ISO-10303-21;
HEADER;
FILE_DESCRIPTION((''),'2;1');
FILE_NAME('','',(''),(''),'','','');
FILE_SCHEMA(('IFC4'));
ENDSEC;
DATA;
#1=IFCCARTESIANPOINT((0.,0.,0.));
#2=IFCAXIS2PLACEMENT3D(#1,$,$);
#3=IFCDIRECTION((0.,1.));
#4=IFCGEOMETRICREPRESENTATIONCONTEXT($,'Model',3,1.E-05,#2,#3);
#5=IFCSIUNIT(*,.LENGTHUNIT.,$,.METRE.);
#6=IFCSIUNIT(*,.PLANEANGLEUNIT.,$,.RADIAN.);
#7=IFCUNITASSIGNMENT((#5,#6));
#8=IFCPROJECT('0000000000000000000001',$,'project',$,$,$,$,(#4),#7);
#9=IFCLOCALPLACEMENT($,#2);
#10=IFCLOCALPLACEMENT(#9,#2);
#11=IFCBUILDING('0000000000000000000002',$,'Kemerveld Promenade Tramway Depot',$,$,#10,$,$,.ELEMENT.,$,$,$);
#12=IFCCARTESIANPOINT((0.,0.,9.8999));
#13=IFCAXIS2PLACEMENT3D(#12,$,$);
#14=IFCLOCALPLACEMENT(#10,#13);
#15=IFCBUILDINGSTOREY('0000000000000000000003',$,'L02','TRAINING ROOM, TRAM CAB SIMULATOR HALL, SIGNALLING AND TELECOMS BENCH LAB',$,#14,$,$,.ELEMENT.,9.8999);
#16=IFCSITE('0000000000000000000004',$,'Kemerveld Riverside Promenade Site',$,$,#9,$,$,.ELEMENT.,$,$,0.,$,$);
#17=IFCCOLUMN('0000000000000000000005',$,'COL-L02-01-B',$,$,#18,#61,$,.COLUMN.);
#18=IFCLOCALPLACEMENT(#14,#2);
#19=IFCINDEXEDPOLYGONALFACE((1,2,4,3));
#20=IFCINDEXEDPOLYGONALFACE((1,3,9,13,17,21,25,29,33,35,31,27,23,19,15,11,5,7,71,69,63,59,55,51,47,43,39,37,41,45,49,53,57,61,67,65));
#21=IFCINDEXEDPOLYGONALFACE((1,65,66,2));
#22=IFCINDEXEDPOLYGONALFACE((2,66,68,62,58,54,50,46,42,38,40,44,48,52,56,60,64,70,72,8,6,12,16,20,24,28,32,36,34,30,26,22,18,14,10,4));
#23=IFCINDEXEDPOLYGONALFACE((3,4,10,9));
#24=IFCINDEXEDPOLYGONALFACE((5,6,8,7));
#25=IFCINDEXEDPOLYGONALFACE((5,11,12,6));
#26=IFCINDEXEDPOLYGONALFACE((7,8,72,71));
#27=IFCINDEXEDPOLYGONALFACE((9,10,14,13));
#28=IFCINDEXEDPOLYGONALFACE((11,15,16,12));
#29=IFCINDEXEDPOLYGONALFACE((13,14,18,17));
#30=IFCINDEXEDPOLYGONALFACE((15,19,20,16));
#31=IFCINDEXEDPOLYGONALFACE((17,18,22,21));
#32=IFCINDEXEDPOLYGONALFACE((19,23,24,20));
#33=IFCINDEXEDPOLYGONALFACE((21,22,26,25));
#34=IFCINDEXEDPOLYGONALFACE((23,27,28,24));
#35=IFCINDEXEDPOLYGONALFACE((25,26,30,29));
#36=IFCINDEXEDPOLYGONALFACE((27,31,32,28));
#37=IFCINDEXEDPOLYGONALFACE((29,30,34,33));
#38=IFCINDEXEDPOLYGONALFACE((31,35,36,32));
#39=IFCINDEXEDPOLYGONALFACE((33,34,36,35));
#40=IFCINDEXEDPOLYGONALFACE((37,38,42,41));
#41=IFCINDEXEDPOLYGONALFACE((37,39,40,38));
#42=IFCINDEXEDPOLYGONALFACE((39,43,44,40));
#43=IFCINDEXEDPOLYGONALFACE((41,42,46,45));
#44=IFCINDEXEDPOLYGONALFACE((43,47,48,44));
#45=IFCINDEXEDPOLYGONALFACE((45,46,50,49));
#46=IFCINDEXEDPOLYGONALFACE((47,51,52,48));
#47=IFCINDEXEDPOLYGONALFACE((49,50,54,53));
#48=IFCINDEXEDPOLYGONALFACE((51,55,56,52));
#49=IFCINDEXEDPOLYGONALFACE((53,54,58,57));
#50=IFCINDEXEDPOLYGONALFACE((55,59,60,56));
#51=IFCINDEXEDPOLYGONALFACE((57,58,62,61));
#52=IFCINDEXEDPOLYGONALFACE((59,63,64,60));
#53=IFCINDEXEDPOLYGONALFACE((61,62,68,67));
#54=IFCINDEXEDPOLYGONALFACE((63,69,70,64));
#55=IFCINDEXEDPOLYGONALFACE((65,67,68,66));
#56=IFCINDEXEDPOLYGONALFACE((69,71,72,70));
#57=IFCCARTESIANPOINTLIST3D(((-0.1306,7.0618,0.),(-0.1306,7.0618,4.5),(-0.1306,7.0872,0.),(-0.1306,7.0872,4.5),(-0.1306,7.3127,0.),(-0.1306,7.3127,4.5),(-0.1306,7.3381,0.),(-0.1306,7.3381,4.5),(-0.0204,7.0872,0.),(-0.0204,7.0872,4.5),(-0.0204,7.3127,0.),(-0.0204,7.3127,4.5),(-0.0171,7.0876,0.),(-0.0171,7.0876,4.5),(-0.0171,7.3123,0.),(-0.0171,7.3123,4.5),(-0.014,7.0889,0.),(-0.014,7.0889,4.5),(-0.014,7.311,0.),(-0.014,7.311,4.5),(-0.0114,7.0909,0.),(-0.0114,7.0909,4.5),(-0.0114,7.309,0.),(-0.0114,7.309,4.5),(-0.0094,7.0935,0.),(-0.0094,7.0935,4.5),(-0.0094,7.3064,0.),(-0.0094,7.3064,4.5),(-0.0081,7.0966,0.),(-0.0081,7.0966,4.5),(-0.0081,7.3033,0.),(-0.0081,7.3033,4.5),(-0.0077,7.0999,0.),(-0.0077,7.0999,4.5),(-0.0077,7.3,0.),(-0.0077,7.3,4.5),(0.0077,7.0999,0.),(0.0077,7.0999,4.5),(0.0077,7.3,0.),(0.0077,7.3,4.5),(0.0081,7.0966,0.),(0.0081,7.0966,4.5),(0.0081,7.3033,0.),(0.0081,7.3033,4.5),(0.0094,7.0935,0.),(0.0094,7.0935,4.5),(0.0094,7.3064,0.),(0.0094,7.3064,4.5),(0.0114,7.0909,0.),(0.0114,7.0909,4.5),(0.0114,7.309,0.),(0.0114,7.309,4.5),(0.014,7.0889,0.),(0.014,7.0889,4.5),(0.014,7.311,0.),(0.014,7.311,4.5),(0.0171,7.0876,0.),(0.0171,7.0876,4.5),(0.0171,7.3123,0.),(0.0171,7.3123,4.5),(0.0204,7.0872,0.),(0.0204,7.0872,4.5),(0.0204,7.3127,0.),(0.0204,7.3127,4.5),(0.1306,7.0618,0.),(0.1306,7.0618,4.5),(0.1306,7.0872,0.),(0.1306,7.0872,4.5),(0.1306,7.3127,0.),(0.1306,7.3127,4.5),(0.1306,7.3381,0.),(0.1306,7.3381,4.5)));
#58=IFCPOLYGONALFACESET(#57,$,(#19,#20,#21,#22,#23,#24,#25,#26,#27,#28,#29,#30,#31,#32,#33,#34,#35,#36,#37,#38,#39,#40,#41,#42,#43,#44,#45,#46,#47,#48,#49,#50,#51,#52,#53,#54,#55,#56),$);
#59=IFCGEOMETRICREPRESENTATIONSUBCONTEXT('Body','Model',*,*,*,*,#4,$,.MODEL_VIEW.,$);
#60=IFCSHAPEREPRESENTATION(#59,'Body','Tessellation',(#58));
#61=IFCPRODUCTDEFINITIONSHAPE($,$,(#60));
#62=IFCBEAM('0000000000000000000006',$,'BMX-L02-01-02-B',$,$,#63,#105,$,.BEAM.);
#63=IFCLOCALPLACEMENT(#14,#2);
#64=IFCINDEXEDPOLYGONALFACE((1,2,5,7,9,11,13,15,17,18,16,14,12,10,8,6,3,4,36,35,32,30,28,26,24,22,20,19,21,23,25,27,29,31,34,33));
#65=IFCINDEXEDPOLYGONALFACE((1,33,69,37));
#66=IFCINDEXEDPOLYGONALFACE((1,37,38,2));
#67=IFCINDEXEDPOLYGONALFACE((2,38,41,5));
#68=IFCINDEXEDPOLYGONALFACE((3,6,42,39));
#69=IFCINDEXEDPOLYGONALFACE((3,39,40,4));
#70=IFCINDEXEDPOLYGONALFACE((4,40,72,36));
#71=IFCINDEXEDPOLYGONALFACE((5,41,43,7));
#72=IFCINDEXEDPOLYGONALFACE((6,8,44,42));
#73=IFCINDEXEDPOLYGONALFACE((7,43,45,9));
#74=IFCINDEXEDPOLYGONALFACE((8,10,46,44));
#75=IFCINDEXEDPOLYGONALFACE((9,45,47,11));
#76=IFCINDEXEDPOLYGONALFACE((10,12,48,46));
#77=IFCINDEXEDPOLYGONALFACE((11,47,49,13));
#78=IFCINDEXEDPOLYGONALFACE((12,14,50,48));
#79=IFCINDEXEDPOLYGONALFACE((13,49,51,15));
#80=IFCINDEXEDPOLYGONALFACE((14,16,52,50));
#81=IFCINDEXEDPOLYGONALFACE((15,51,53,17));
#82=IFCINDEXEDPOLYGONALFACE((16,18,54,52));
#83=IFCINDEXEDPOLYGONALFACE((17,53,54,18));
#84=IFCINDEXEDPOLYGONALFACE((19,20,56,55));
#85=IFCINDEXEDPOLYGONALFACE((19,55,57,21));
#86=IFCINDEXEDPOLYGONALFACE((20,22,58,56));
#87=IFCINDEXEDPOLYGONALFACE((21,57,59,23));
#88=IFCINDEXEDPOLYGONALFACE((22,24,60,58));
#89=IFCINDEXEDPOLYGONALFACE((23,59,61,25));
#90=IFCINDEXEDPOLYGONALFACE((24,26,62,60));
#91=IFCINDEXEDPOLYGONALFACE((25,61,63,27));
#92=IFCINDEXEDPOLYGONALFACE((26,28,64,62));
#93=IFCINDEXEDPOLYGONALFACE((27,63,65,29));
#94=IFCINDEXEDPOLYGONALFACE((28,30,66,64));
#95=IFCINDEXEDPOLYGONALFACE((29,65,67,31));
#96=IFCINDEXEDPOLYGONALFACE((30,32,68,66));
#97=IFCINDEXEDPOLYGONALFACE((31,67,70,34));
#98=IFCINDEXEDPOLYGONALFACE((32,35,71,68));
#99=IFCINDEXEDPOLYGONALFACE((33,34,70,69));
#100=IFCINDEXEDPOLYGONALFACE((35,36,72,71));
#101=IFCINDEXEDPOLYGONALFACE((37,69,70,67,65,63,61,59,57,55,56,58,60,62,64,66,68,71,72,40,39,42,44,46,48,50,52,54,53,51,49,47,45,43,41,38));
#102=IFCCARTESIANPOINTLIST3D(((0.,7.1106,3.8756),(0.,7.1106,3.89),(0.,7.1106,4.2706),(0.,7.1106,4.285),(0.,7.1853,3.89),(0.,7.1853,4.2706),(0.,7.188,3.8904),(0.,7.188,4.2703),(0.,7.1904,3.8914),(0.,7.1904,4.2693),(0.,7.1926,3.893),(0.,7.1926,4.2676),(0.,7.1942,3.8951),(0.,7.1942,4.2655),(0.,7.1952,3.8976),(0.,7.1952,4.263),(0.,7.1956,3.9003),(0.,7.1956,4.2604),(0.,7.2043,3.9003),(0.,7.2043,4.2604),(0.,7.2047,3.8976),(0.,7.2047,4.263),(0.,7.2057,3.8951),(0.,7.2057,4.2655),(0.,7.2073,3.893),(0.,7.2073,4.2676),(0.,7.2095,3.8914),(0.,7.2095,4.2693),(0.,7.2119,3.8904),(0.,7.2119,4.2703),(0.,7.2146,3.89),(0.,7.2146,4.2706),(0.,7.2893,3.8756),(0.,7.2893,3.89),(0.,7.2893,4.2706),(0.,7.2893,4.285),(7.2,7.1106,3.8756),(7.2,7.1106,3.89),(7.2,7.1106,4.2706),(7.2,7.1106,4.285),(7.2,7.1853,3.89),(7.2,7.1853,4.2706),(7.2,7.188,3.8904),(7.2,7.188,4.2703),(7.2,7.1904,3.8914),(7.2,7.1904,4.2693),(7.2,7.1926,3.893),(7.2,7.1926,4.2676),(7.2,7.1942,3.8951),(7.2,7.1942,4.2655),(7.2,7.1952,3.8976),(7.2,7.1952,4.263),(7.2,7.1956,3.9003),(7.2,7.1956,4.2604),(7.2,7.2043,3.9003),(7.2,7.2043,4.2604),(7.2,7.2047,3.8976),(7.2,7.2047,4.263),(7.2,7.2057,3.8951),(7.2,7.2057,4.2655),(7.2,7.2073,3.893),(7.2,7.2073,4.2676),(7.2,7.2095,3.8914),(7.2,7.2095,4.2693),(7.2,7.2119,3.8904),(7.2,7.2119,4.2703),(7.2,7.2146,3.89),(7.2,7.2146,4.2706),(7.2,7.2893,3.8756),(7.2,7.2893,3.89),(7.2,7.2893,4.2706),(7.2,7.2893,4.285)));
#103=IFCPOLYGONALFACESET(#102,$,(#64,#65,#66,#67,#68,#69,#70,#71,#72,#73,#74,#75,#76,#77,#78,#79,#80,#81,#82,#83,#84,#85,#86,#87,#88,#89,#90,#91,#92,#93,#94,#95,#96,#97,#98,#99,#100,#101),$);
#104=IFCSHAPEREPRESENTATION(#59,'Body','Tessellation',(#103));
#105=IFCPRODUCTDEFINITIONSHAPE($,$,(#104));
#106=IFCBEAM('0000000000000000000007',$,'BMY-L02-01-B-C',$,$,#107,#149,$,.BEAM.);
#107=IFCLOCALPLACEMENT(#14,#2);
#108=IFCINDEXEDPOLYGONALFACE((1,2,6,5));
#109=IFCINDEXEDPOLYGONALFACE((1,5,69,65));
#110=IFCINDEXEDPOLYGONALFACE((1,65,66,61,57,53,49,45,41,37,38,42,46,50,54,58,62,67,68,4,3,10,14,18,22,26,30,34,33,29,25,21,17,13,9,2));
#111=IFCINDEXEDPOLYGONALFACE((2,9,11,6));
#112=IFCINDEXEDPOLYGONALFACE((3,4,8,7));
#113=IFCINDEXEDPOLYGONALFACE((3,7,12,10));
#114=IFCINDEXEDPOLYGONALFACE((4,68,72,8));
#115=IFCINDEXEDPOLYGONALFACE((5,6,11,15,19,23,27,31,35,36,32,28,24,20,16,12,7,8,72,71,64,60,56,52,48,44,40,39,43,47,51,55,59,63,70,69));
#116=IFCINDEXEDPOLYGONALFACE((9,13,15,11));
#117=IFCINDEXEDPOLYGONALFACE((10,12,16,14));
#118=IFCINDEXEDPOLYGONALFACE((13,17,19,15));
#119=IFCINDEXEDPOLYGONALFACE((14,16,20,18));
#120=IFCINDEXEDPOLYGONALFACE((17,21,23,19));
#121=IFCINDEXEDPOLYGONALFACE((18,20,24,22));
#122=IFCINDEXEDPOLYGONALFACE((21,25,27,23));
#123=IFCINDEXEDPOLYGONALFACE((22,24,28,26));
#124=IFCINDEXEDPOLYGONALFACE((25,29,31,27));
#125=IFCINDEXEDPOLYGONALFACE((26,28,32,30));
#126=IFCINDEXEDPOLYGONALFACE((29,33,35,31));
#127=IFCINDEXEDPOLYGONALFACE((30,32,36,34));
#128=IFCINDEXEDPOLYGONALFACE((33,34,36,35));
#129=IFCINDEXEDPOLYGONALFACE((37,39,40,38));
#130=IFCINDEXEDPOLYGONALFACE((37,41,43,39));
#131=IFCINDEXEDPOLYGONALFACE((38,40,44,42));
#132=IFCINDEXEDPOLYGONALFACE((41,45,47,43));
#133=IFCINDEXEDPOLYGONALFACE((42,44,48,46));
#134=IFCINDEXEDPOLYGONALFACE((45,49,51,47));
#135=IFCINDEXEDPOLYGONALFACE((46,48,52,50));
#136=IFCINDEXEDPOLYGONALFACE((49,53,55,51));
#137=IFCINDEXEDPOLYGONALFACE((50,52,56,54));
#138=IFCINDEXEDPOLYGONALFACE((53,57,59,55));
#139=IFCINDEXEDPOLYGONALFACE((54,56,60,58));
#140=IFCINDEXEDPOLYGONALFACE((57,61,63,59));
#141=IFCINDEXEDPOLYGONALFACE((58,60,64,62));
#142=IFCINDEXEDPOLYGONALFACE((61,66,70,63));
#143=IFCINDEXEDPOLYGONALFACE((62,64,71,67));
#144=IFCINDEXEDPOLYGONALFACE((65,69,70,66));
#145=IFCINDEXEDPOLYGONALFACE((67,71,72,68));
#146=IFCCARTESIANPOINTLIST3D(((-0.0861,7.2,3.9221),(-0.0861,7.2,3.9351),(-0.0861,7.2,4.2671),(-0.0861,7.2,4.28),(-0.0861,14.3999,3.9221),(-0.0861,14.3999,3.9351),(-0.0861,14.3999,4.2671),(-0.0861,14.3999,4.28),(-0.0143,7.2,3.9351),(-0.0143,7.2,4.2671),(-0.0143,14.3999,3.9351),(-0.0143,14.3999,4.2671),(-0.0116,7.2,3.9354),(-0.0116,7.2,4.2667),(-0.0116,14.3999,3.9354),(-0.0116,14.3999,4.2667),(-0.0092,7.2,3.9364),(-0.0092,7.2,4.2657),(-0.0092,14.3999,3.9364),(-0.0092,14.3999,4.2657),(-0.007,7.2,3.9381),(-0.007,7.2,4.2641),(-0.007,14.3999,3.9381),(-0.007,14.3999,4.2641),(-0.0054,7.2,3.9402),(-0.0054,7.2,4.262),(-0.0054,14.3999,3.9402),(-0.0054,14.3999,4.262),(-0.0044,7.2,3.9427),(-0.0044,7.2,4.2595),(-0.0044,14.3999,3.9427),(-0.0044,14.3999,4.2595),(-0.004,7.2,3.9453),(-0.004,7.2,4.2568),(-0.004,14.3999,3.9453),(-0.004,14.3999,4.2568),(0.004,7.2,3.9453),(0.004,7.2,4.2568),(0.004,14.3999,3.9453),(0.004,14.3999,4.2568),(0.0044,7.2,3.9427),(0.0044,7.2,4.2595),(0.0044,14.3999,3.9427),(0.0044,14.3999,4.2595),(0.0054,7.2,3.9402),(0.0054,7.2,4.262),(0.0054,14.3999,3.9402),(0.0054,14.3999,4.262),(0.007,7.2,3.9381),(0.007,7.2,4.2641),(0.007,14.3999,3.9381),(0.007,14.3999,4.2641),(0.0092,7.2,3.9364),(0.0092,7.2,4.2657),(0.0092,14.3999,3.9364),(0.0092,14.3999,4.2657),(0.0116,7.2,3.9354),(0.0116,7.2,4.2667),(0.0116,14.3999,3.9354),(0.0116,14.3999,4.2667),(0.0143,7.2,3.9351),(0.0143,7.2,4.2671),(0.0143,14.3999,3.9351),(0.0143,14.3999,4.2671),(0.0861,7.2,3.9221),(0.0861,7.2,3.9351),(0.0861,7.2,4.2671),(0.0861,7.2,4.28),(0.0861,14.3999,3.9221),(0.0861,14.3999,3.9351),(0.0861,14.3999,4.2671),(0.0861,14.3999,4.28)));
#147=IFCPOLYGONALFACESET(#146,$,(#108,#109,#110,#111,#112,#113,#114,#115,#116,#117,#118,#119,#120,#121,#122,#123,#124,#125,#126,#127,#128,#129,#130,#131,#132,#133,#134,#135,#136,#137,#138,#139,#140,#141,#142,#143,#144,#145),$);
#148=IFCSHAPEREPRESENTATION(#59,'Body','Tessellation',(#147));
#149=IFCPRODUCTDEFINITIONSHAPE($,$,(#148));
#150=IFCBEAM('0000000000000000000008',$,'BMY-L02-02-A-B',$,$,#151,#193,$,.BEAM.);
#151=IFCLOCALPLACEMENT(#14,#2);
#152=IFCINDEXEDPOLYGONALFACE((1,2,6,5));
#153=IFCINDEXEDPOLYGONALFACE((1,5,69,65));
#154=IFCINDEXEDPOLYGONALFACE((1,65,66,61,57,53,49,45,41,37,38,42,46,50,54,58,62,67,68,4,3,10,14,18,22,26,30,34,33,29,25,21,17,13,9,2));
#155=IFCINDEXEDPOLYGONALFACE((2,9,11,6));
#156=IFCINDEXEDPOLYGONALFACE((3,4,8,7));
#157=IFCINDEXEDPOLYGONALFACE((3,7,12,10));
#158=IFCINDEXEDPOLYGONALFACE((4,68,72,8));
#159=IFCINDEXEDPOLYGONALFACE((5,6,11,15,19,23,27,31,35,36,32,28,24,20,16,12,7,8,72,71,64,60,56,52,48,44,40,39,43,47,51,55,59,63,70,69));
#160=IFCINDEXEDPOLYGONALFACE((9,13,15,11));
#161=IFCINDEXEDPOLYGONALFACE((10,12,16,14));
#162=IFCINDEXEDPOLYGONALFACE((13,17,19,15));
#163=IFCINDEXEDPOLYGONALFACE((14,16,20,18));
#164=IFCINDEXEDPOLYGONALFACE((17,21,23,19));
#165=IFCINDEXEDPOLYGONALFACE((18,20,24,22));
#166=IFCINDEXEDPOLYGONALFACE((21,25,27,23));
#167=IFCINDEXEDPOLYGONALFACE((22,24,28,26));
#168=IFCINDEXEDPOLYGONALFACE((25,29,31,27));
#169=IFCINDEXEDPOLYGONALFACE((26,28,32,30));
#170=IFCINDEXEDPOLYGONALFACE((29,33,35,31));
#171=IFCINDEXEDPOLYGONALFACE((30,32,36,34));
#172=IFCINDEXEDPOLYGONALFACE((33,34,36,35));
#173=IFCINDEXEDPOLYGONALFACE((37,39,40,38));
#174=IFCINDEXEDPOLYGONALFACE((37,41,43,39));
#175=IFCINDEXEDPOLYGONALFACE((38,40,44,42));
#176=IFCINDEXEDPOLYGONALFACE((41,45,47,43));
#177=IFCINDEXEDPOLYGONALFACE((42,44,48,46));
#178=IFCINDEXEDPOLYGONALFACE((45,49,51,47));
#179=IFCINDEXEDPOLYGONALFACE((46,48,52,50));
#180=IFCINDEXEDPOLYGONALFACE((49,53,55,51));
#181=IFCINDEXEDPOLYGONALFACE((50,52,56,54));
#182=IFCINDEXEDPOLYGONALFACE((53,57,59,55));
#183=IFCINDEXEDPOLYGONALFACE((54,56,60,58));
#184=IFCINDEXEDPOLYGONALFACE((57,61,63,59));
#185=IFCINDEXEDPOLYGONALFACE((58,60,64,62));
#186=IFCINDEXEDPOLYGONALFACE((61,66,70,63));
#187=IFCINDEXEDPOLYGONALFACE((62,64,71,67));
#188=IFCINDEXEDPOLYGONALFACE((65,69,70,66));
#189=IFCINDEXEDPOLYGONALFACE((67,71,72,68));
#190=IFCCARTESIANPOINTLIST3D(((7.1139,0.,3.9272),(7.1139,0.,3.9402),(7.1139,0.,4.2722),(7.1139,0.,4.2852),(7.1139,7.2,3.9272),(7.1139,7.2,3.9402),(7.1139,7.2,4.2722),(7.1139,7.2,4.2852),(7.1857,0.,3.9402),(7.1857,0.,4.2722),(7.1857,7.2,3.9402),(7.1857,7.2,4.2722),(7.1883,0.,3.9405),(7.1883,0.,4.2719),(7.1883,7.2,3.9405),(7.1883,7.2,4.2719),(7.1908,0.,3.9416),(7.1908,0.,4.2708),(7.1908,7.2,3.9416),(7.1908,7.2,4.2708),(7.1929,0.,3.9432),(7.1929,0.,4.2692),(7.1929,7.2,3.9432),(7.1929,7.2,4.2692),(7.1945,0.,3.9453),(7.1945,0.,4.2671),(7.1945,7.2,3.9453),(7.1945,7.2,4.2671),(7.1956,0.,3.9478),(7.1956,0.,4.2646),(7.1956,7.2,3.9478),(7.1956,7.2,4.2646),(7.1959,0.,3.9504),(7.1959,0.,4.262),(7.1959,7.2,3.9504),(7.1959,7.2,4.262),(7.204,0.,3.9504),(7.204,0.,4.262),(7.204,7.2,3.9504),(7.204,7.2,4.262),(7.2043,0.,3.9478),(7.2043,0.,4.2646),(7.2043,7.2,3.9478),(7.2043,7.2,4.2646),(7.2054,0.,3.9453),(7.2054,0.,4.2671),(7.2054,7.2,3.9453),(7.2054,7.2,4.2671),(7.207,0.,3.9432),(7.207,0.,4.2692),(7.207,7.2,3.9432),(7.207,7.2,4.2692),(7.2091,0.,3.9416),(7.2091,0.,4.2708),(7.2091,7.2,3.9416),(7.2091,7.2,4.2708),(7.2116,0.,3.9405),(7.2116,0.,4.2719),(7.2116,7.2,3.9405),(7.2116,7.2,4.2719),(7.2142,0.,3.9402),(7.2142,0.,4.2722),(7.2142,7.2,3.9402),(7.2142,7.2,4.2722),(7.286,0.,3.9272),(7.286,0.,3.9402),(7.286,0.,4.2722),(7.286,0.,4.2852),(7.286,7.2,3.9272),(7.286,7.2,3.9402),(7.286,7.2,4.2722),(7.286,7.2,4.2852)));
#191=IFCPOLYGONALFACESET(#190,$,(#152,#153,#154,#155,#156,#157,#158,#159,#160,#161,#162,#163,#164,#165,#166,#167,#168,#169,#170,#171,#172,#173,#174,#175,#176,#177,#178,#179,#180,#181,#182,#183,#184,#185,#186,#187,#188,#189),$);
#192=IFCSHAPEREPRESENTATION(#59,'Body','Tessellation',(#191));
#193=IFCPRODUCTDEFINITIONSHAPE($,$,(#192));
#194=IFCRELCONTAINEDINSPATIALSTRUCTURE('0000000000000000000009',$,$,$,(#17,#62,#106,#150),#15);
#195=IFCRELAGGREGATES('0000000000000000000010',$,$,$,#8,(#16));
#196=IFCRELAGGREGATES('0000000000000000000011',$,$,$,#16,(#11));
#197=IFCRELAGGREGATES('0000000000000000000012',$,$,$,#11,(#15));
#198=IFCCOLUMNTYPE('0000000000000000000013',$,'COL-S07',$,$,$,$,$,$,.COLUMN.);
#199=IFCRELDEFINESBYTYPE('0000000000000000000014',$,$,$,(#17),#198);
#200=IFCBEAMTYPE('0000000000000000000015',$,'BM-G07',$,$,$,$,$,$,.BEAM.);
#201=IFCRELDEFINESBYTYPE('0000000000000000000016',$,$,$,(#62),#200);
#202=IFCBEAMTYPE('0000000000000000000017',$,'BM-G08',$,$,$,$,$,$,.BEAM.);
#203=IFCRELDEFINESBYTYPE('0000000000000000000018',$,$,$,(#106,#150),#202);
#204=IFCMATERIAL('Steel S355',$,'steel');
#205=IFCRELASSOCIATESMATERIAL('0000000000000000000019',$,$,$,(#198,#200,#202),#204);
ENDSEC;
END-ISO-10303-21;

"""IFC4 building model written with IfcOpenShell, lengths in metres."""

from ifc_helpers import new_model, si_unit, direction, frame, origin, origin_2d, place, context, subcontext, project, spatial, i_section, extrude, material, material_profile, profile_set, type_object, element, save


model = new_model("IFC4")

# Units and contexts
model_context = context("Model", 3, precision=1e-05, world=origin(), true_north=direction((0.0, 1.0)))
body_context = subcontext(model_context, "Body", "Model", "MODEL_VIEW")
ifc_project = project(units=[si_unit("LENGTHUNIT", "METRE"), si_unit("PLANEANGLEUNIT", "RADIAN")], contexts=[model_context])

# Site, building, storey
site_placement = place(None, origin())
site = spatial("IfcSite", under=ifc_project, at=site_placement, Name="Kemerveld Riverside Promenade Site", CompositionType="ELEMENT", RefElevation=0.0)
building_placement = place(site_placement, origin())
building = spatial("IfcBuilding", under=site, at=building_placement, Name="Kemerveld Promenade Tramway Depot", CompositionType="ELEMENT")
storey_placement = place(building_placement, frame((0.0, 0.0, 9.8999)))
storey = spatial("IfcBuildingStorey", under=building, at=storey_placement, Name="L02", Description="TRAINING ROOM, TRAM CAB SIMULATOR HALL, SIGNALLING AND TELECOMS BENCH LAB", CompositionType="ELEMENT", Elevation=9.8999)

# Column
ifc_material_1 = material(Name="Steel S355", Category="steel")
ifc_material_profile_1 = material_profile(ifc_material_1, i_section(OverallWidth=0.2612, OverallDepth=0.2764, WebThickness=0.0154, FlangeThickness=0.0254, FilletRadius=0.0127, at=origin_2d()), Name="254x254x132 UC")
ifc_profile_set_1 = profile_set([ifc_material_profile_1], Name="Steel S355")
column_type = type_object("IfcColumnType", Name="COL-S07", PredefinedType="COLUMN", material=ifc_profile_set_1)
column_placement = place(storey_placement, frame((0.0, 7.2, 0.0), z_axis=(0.0, 0.0, 1.0), x_axis=(1.0, 0.0, 0.0)))
element("IfcColumn", 1, at=column_placement, inside=storey, type_object=column_type, Name="COL-L02-01-B", PredefinedType="COLUMN", context=body_context, shape_type="SweptSolid", body=[
    extrude(i_section(OverallWidth=0.2612, OverallDepth=0.2764, WebThickness=0.0154, FlangeThickness=0.0254, FilletRadius=0.0127, at=origin_2d()), origin(), (0.0, 0.0, 1.0), 4.5),
])

# Beams
ifc_material_profile_2 = material_profile(ifc_material_1, i_section(OverallWidth=0.1787, OverallDepth=0.4094, WebThickness=0.0088, FlangeThickness=0.0144, FilletRadius=0.0103, at=origin_2d()), Name="406x178x67 UB")
ifc_profile_set_2 = profile_set([ifc_material_profile_2], Name="Steel S355")
beam_type_1 = type_object("IfcBeamType", Name="BM-G07", PredefinedType="BEAM", material=ifc_profile_set_2)
beam_1_placement = place(storey_placement, frame((0.0, 7.2, 4.0803), z_axis=(1.0, 0.0, 0.0), x_axis=(0.0, 1.0, 0.0)))
element("IfcBeam", 2, at=beam_1_placement, inside=storey, type_object=beam_type_1, Name="BMX-L02-01-02-B", PredefinedType="BEAM", context=body_context, shape_type="SweptSolid", body=[
    extrude(i_section(OverallWidth=0.1787, OverallDepth=0.4094, WebThickness=0.0088, FlangeThickness=0.0144, FilletRadius=0.0103, at=origin_2d()), origin(), (0.0, 0.0, 1.0), 7.2),
])
ifc_material_profile_3 = material_profile(ifc_material_1, i_section(OverallWidth=0.1721, OverallDepth=0.3579, WebThickness=0.0081, FlangeThickness=0.0129, FilletRadius=0.0103, at=origin_2d()), Name="356x171x57 UB")
ifc_profile_set_3 = profile_set([ifc_material_profile_3], Name="Steel S355")
beam_type_2 = type_object("IfcBeamType", Name="BM-G08", PredefinedType="BEAM", material=ifc_profile_set_3)
for number, where, z_axis, x_axis, name in (
    (3, (0.0, 7.2, 4.1011), (0.0, 1.0, 0.0), (-1.0, 0.0, 0.0), "BMY-L02-01-B-C"),
    (4, (7.2, 0.0, 4.1062), (0.0, 1.0, 0.0), (-1.0, 0.0, 0.0), "BMY-L02-02-A-B"),
):
    element("IfcBeam", number, at=place(storey_placement, frame(where, z_axis=z_axis, x_axis=x_axis)), inside=storey, type_object=beam_type_2, Name=name, PredefinedType="BEAM", context=body_context, shape_type="SweptSolid", body=[
        extrude(i_section(OverallWidth=0.1721, OverallDepth=0.3579, WebThickness=0.0081, FlangeThickness=0.0129, FilletRadius=0.0103, at=origin_2d()), origin(), (0.0, 0.0, 1.0), 7.2),
    ])

save(model, "model.ifc")
